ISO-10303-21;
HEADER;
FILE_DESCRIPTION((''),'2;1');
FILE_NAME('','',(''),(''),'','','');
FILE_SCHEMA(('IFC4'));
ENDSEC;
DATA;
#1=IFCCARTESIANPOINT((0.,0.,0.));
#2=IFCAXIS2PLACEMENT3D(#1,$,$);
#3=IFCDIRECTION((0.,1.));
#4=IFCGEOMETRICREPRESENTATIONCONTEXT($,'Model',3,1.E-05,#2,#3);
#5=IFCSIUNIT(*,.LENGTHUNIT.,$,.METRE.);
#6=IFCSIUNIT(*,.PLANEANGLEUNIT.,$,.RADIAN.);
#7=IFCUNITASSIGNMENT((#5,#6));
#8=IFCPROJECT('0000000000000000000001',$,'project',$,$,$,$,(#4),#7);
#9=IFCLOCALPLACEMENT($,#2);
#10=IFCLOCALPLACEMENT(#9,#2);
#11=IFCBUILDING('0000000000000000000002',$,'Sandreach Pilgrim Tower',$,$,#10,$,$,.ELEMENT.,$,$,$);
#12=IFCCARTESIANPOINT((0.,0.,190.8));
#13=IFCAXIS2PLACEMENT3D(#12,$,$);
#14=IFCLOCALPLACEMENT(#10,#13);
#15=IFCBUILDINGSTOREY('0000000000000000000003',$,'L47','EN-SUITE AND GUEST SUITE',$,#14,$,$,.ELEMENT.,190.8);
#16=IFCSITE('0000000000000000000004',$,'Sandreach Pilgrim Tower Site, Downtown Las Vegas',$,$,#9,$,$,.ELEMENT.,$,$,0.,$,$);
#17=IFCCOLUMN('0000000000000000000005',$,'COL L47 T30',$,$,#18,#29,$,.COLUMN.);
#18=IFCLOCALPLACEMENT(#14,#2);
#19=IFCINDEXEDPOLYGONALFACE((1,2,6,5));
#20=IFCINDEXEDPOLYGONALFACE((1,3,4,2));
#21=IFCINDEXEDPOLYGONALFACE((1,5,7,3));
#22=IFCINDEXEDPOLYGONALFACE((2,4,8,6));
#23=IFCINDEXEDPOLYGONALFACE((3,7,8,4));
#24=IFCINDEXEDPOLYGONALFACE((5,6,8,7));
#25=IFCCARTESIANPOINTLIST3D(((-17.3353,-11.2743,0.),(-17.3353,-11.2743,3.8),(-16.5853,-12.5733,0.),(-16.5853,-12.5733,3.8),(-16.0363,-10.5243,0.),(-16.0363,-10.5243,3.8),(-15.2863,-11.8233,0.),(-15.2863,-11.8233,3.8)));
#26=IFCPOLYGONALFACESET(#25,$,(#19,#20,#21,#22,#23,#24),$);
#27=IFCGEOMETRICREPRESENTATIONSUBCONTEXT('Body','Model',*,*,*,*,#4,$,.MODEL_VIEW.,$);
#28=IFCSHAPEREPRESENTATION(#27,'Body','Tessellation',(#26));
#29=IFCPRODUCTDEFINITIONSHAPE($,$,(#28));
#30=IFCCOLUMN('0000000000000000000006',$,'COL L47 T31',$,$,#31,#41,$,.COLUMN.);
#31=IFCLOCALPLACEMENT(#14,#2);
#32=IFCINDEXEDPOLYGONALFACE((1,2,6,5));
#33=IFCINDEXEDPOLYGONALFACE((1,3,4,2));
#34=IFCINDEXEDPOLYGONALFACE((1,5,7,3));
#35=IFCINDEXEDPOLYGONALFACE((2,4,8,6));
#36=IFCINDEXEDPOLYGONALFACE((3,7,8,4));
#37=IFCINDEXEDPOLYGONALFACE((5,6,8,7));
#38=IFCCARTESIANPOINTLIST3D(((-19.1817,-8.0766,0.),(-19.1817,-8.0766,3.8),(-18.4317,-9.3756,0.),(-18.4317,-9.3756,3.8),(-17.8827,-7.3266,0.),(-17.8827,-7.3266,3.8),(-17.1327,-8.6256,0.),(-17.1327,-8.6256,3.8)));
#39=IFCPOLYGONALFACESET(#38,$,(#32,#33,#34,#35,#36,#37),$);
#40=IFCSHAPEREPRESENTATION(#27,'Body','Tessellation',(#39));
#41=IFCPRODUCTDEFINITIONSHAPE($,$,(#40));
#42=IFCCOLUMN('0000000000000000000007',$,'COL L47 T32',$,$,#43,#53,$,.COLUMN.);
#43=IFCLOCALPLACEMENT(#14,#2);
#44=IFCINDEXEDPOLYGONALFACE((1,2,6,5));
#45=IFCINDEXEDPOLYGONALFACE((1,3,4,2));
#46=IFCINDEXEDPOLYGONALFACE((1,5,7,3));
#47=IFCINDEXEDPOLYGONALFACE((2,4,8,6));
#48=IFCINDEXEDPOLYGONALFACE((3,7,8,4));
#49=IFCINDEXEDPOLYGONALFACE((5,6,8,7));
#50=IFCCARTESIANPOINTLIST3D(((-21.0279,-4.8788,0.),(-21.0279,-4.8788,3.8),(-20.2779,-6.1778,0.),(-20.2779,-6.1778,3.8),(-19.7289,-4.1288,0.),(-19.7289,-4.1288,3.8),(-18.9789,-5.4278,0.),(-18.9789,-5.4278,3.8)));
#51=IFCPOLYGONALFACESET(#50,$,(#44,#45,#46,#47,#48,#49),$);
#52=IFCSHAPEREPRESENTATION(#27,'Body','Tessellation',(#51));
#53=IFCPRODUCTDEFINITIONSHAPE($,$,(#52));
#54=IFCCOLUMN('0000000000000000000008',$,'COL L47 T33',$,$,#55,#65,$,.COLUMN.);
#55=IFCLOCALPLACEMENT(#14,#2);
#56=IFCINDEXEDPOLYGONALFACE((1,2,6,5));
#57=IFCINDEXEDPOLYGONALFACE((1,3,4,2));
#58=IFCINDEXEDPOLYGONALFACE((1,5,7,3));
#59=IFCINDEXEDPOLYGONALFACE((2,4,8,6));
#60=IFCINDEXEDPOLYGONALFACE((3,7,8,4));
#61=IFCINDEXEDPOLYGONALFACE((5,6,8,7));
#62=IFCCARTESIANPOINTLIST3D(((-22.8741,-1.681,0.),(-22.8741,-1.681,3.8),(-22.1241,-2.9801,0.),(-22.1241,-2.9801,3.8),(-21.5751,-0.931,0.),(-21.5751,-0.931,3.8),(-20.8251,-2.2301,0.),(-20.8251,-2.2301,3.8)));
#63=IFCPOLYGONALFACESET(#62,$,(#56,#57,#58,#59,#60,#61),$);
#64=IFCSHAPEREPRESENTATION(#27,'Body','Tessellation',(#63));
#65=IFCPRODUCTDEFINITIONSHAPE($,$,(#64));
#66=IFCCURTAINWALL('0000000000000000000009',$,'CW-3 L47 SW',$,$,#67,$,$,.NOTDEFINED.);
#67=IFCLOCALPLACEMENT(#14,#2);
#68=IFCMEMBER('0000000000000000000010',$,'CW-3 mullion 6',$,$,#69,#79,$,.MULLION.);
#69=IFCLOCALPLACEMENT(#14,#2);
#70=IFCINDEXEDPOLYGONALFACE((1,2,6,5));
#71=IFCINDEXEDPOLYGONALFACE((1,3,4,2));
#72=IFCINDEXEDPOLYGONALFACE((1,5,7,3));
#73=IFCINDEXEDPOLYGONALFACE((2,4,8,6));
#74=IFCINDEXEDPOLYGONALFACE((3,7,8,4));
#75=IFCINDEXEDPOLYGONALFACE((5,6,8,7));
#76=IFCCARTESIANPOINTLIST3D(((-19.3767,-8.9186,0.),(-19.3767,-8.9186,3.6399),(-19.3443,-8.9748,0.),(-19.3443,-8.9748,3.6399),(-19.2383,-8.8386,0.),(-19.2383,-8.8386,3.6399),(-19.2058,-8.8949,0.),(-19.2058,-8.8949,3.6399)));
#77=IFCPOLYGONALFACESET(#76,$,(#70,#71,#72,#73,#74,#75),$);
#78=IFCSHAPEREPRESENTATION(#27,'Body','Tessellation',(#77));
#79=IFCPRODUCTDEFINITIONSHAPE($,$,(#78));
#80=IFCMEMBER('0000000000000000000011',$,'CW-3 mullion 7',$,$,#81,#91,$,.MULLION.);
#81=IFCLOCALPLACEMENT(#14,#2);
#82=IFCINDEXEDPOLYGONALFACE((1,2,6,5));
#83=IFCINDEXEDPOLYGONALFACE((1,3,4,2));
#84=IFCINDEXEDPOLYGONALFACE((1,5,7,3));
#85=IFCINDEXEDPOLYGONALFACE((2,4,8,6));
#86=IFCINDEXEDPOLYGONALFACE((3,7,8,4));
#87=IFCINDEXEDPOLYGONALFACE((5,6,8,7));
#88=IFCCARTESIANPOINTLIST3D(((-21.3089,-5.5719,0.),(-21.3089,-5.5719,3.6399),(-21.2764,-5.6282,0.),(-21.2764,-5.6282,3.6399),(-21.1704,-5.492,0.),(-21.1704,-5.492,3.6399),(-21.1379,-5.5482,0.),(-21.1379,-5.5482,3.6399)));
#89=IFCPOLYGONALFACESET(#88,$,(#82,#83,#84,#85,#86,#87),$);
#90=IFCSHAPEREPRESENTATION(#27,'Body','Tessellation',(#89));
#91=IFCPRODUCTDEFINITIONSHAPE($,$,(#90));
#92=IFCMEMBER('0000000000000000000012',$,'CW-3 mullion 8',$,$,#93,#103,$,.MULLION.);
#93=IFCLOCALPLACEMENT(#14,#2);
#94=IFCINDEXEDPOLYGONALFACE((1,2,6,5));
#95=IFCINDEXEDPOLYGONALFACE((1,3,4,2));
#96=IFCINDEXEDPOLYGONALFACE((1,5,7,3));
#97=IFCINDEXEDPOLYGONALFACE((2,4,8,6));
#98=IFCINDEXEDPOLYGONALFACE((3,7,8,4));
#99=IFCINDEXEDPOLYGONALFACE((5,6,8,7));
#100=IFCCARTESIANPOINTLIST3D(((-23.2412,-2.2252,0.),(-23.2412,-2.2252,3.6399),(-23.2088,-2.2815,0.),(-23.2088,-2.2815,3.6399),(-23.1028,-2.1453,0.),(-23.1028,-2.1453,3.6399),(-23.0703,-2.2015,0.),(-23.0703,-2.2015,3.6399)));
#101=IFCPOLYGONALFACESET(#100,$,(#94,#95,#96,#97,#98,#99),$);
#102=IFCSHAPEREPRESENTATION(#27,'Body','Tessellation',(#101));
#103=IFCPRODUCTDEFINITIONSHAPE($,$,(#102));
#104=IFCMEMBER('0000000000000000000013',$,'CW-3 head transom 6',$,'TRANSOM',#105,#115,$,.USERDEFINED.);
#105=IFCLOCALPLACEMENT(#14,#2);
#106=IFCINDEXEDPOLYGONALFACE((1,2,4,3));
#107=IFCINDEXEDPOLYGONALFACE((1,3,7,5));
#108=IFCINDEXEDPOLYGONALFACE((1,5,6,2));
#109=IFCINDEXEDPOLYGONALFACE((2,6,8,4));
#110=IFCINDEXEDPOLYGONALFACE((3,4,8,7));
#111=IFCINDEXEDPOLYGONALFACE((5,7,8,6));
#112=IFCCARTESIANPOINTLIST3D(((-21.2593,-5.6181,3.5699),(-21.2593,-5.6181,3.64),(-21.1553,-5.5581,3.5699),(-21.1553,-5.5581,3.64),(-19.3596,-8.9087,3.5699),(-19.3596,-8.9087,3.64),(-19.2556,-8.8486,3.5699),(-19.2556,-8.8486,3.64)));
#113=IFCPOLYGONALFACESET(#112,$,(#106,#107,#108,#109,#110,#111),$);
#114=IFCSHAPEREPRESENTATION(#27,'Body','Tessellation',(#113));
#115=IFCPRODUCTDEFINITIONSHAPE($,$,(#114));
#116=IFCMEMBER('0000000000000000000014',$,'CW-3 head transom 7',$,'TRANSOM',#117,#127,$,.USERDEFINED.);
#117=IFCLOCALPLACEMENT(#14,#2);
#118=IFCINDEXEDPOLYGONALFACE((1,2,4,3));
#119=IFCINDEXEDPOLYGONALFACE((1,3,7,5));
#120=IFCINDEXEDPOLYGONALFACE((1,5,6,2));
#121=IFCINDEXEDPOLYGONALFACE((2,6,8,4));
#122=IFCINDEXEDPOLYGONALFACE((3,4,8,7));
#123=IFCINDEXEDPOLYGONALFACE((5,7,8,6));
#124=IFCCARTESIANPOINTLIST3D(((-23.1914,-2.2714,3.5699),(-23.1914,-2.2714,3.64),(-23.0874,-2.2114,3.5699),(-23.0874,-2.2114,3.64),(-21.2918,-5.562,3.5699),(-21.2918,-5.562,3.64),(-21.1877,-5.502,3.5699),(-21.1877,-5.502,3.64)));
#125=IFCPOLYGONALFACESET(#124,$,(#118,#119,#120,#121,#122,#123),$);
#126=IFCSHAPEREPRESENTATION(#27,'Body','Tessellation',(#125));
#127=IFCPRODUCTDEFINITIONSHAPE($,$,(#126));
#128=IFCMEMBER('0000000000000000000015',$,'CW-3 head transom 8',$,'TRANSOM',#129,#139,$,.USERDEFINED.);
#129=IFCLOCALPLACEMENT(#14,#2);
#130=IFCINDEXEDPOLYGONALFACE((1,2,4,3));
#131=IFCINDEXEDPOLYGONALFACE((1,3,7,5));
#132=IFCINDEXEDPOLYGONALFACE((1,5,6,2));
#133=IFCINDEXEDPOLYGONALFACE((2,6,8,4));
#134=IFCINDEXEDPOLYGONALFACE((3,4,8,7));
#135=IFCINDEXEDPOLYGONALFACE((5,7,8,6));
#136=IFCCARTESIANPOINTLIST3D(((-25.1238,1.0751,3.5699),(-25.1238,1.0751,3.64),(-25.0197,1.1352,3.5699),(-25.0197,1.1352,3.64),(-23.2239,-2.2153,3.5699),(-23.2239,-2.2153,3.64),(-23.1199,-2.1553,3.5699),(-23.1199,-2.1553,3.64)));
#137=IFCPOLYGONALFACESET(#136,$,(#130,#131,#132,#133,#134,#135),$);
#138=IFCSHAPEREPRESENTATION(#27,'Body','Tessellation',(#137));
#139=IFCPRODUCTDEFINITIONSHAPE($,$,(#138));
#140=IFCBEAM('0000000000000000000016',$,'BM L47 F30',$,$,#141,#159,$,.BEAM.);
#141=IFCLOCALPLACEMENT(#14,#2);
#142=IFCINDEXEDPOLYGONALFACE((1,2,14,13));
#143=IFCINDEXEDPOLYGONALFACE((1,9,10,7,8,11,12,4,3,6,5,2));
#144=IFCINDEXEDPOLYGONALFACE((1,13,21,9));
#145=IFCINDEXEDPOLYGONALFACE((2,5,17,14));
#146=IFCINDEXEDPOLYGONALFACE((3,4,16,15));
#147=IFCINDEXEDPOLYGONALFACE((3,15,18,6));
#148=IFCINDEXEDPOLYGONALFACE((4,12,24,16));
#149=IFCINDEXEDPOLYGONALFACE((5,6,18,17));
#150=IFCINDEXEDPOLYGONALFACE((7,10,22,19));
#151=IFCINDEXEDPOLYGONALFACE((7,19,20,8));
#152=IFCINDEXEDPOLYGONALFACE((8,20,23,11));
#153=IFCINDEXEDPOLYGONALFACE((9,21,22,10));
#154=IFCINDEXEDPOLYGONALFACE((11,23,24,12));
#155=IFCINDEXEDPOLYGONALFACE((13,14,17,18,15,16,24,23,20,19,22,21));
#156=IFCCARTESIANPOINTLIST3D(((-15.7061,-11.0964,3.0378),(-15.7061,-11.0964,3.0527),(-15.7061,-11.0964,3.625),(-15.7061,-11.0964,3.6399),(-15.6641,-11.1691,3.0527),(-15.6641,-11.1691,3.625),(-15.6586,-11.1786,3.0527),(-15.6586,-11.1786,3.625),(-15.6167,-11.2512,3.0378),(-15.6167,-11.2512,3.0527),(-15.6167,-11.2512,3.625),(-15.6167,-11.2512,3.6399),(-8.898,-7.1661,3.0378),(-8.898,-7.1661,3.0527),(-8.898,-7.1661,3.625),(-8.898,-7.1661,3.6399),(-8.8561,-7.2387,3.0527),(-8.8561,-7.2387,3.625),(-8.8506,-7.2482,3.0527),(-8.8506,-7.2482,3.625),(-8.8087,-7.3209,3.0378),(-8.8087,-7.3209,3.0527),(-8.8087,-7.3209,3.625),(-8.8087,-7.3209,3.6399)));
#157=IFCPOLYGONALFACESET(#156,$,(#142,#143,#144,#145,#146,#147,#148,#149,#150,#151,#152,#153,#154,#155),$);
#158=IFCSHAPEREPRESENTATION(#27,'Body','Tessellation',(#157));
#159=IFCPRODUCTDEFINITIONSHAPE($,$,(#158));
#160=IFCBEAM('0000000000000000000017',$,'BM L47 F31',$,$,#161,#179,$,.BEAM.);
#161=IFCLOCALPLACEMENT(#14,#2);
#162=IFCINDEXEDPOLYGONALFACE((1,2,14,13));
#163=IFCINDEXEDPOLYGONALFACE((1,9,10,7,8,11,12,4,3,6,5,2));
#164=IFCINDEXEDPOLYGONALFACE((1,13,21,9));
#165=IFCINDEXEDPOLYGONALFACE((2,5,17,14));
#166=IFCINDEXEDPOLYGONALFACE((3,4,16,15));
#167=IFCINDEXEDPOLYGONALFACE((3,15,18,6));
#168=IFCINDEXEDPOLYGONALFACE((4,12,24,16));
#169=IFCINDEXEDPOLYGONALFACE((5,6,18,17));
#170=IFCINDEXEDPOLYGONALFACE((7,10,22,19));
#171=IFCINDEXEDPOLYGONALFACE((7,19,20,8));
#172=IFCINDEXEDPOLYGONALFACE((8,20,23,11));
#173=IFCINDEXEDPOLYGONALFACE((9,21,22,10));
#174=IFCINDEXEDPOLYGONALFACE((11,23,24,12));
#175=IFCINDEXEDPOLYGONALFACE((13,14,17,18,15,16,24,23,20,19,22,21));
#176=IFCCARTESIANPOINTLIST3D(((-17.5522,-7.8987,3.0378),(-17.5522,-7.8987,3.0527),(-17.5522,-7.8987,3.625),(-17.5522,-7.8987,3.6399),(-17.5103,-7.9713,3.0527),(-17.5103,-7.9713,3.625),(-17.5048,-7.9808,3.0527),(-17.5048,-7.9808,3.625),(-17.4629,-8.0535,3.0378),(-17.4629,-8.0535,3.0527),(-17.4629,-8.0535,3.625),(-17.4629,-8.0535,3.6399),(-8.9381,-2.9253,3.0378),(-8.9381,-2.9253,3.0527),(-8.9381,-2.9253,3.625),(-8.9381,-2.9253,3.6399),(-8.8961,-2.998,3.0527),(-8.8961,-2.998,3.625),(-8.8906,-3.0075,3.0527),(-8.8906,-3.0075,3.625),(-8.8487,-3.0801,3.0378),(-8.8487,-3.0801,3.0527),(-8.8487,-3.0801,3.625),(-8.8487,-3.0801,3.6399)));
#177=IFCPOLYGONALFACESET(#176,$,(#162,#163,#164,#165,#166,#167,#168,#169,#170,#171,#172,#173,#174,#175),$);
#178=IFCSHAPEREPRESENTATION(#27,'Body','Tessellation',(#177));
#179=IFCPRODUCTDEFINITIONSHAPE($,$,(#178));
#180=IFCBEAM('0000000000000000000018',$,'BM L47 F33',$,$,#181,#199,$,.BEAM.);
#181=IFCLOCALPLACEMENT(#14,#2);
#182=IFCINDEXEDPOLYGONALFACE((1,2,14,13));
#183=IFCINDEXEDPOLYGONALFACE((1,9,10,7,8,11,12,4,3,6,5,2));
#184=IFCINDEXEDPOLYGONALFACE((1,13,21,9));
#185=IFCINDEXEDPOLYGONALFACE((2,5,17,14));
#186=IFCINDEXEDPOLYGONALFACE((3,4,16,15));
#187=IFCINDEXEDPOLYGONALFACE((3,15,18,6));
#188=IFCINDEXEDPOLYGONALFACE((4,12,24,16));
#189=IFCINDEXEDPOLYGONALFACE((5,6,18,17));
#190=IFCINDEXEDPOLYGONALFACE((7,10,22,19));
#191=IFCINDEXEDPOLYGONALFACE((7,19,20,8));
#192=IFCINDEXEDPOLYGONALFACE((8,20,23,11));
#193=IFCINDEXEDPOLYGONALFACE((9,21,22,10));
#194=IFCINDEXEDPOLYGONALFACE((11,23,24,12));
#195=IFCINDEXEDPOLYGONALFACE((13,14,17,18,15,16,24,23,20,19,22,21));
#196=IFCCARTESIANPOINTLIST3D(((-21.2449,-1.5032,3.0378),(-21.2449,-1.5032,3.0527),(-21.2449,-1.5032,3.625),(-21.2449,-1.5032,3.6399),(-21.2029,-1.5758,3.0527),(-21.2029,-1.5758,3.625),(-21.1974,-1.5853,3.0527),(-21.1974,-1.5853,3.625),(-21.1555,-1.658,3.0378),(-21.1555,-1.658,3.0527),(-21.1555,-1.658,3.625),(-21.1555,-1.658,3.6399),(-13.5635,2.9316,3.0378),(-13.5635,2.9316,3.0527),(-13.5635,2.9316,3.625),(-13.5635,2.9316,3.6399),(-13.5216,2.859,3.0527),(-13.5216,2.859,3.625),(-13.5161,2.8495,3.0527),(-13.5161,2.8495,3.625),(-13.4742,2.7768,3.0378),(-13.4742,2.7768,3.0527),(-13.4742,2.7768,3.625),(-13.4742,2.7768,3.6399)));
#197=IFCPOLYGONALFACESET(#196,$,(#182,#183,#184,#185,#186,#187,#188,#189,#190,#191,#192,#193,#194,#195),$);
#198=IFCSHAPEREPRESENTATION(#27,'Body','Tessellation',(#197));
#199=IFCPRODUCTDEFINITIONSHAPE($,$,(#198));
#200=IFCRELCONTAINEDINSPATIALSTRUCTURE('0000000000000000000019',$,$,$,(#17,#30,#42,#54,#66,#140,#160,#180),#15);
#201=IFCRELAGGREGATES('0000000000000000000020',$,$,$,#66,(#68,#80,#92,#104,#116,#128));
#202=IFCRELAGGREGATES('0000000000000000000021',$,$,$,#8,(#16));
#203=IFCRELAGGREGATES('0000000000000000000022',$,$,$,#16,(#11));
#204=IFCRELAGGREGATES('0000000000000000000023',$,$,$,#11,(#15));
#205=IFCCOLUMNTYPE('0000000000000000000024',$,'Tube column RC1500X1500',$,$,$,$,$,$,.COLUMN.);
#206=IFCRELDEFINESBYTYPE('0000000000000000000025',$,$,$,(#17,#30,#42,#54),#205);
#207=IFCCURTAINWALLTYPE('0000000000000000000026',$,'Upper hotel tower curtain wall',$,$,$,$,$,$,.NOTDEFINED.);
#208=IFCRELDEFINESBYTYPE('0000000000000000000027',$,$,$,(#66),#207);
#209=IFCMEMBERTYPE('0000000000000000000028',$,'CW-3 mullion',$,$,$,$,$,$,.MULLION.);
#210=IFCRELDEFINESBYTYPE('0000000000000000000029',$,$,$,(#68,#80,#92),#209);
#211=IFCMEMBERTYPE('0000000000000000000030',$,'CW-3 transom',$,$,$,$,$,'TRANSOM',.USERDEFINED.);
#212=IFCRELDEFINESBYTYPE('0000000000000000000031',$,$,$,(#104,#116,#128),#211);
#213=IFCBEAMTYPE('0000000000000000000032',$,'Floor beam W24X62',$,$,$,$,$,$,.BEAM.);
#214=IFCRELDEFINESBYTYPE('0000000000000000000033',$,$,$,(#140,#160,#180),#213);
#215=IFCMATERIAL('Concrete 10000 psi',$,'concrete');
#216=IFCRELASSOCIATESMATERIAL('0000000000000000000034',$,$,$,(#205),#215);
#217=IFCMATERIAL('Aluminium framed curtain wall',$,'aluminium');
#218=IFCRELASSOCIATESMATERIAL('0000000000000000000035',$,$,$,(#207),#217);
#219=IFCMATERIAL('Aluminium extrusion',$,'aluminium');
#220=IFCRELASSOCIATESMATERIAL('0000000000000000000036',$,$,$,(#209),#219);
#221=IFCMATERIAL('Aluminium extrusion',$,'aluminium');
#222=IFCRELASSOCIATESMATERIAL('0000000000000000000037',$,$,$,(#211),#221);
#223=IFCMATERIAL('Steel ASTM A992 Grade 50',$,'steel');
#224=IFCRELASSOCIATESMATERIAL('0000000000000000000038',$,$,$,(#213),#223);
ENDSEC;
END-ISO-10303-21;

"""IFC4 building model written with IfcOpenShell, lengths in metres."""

from ifc_helpers import new_model, si_unit, direction, frame, origin, origin_2d, place, context, subcontext, project, spatial, rectangle, i_section, extrude, material, material_profile, profile_set, type_object, element, aggregate, save


model = new_model("IFC4")

# Units and contexts
model_context = context("Model", 3, precision=1e-05, world=origin(), true_north=direction((0.0, 1.0)))
body_context = subcontext(model_context, "Body", "Model", "MODEL_VIEW")
ifc_project = project(units=[si_unit("LENGTHUNIT", "METRE"), si_unit("PLANEANGLEUNIT", "RADIAN")], contexts=[model_context])

# Site, building, storey
site_placement = place(None, origin())
site = spatial("IfcSite", under=ifc_project, at=site_placement, Name="Sandreach Pilgrim Tower Site, Downtown Las Vegas", CompositionType="ELEMENT", RefElevation=0.0)
building_placement = place(site_placement, origin())
building = spatial("IfcBuilding", under=site, at=building_placement, Name="Sandreach Pilgrim Tower", CompositionType="ELEMENT")
storey_placement = place(building_placement, frame((0.0, 0.0, 190.8)))
storey = spatial("IfcBuildingStorey", under=building, at=storey_placement, Name="L47", Description="EN-SUITE AND GUEST SUITE", CompositionType="ELEMENT", Elevation=190.8)

# Columns
ifc_material_1 = material(Name="Concrete 10000 psi", Category="concrete")
ifc_material_profile_1 = material_profile(ifc_material_1, rectangle(XDim=1.5, YDim=1.5, at=origin_2d()), Name="RC1500X1500")
ifc_profile_set_1 = profile_set([ifc_material_profile_1], Name="Concrete 10000 psi")
column_type = type_object("IfcColumnType", Name="Tube column RC1500X1500", PredefinedType="COLUMN", material=ifc_profile_set_1)
for number, where, z_axis, x_axis, name in (
    (1, (-16.3108, -11.5488, 0.0), (0.0, 0.0, 1.0), (-0.866025, -0.5, 0.0), "COL L47 T30"),
    (2, (-18.1572, -8.3511, 0.0), (0.0, 0.0, 1.0), (-0.866025, -0.5, 0.0), "COL L47 T31"),
    (3, (-20.0034, -5.1533, 0.0), (0.0, 0.0, 1.0), (-0.866025, -0.5, 0.0), "COL L47 T32"),
    (4, (-21.8496, -1.9556, 0.0), (0.0, 0.0, 1.0), (-0.866025, -0.5, 0.0), "COL L47 T33"),
):
    element("IfcColumn", number, at=place(storey_placement, frame(where, z_axis=z_axis, x_axis=x_axis)), inside=storey, type_object=column_type, Name=name, PredefinedType="COLUMN", context=body_context, shape_type="SweptSolid", body=[
        extrude(rectangle(XDim=1.5, YDim=1.5, at=origin_2d()), origin(), (0.0, 0.0, 1.0), 3.8),
    ])

# Curtain wall, members
ifc_material_2 = material(Name="Aluminium framed curtain wall", Category="aluminium")
curtain_wall_type = type_object("IfcCurtainWallType", Name="Upper hotel tower curtain wall", PredefinedType="NOTDEFINED", material=ifc_material_2)
curtain_wall_placement = place(storey_placement, origin())
curtain_wall = element("IfcCurtainWall", 5, at=curtain_wall_placement, inside=storey, type_object=curtain_wall_type, Name="CW-3 L47 SW", PredefinedType="NOTDEFINED")
ifc_material_3 = material(Name="Aluminium extrusion", Category="aluminium")
ifc_material_profile_2 = material_profile(ifc_material_3, rectangle(XDim=0.0649, YDim=0.1599, at=origin_2d()), Name="CW-3M 65X160")
ifc_profile_set_2 = profile_set([ifc_material_profile_2], Name="Aluminium extrusion")
member_type_1 = type_object("IfcMemberType", Name="CW-3 mullion", PredefinedType="MULLION", material=ifc_profile_set_2)
member_1_placement = place(storey_placement, frame((-19.2913, -8.9067, 0.0), z_axis=(0.0, 0.0, 1.0), x_axis=(-0.5, 0.866025, 0.0)))
member_1 = element("IfcMember", 6, at=member_1_placement, type_object=member_type_1, Name="CW-3 mullion 6", PredefinedType="MULLION", context=body_context, shape_type="SweptSolid", body=[
    extrude(rectangle(XDim=0.0649, YDim=0.1599, at=origin_2d()), origin(), (0.0, 0.0, 1.0), 3.6399),
])
member_2_placement = place(storey_placement, frame((-21.2234, -5.5601, 0.0), z_axis=(0.0, 0.0, 1.0), x_axis=(-0.5, 0.866025, 0.0)))
member_2 = element("IfcMember", 7, at=member_2_placement, type_object=member_type_1, Name="CW-3 mullion 7", PredefinedType="MULLION", context=body_context, shape_type="SweptSolid", body=[
    extrude(rectangle(XDim=0.0649, YDim=0.1599, at=origin_2d()), origin(), (0.0, 0.0, 1.0), 3.6399),
])
member_3_placement = place(storey_placement, frame((-23.1558, -2.2134, 0.0), z_axis=(0.0, 0.0, 1.0), x_axis=(-0.5, 0.866025, 0.0)))
member_3 = element("IfcMember", 8, at=member_3_placement, type_object=member_type_1, Name="CW-3 mullion 8", PredefinedType="MULLION", context=body_context, shape_type="SweptSolid", body=[
    extrude(rectangle(XDim=0.0649, YDim=0.1599, at=origin_2d()), origin(), (0.0, 0.0, 1.0), 3.6399),
])
ifc_material_4 = material(Name="Aluminium extrusion", Category="aluminium")
ifc_material_profile_3 = material_profile(ifc_material_4, rectangle(XDim=0.1201, YDim=0.0701, at=origin_2d()), Name="CW-3T 120X70")
ifc_profile_set_3 = profile_set([ifc_material_profile_3], Name="Aluminium extrusion")
member_type_2 = type_object("IfcMemberType", Name="CW-3 transom", ElementType="TRANSOM", PredefinedType="USERDEFINED", material=ifc_profile_set_3)
member_4_placement = place(storey_placement, frame((-19.3076, -8.8787, 3.605), z_axis=(-0.499975, 0.86604, 0.0), x_axis=(-0.86604, -0.499975, 0.0)))
member_4 = element("IfcMember", 9, at=member_4_placement, type_object=member_type_2, Name="CW-3 head transom 6", ObjectType="TRANSOM", PredefinedType="USERDEFINED", context=body_context, shape_type="SweptSolid", body=[
    extrude(rectangle(XDim=0.1201, YDim=0.0701, at=origin_2d()), origin(), (0.0, 0.0, 1.0), 3.7996),
])
member_5_placement = place(storey_placement, frame((-21.2397, -5.532, 3.605), z_axis=(-0.499975, 0.86604, 0.0), x_axis=(-0.86604, -0.499975, 0.0)))
member_5 = element("IfcMember", 10, at=member_5_placement, type_object=member_type_2, Name="CW-3 head transom 7", ObjectType="TRANSOM", PredefinedType="USERDEFINED", context=body_context, shape_type="SweptSolid", body=[
    extrude(rectangle(XDim=0.1201, YDim=0.0701, at=origin_2d()), origin(), (0.0, 0.0, 1.0), 3.7996),
])
member_6_placement = place(storey_placement, frame((-23.1719, -2.1853, 3.605), z_axis=(-0.500023, 0.866012, 0.0), x_axis=(-0.866012, -0.500023, 0.0)))
member_6 = element("IfcMember", 11, at=member_6_placement, type_object=member_type_2, Name="CW-3 head transom 8", ObjectType="TRANSOM", PredefinedType="USERDEFINED", context=body_context, shape_type="SweptSolid", body=[
    extrude(rectangle(XDim=0.1201, YDim=0.0701, at=origin_2d()), origin(), (0.0, 0.0, 1.0), 3.7996),
])

# Beams
ifc_material_5 = material(Name="Steel ASTM A992 Grade 50", Category="steel")
ifc_material_profile_4 = material_profile(ifc_material_5, i_section(OverallWidth=0.1787, OverallDepth=0.6021, WebThickness=0.011, FlangeThickness=0.0149, at=origin_2d()), Name="W24X62")
ifc_profile_set_4 = profile_set([ifc_material_profile_4], Name="Steel ASTM A992 Grade 50")
beam_type_1 = type_object("IfcBeamType", Name="Floor beam W24X62", PredefinedType="BEAM", material=ifc_profile_set_4)
beam_1_placement = place(storey_placement, frame((-15.6614, -11.1738, 3.3389), z_axis=(0.866039, 0.499977, 0.0), x_axis=(-0.499977, 0.866039, 0.0)))
element("IfcBeam", 12, at=beam_1_placement, inside=storey, type_object=beam_type_1, Name="BM L47 F30", PredefinedType="BEAM", context=body_context, shape_type="SweptSolid", body=[
    extrude(i_section(OverallWidth=0.1787, OverallDepth=0.6021, WebThickness=0.011, FlangeThickness=0.0149, at=origin_2d()), origin(), (0.0, 0.0, 1.0), 7.8611),
])
beam_2_placement = place(storey_placement, frame((-17.5076, -7.9761, 3.3389), z_axis=(0.866028, 0.499996, 0.0), x_axis=(-0.499996, 0.866028, 0.0)))
element("IfcBeam", 13, at=beam_2_placement, inside=storey, type_object=beam_type_1, Name="BM L47 F31", PredefinedType="BEAM", context=body_context, shape_type="SweptSolid", body=[
    extrude(i_section(OverallWidth=0.1787, OverallDepth=0.6021, WebThickness=0.011, FlangeThickness=0.0149, at=origin_2d()), origin(), (0.0, 0.0, 1.0), 9.9468),
])
beam_3_placement = place(storey_placement, frame((-21.2002, -1.5806, 3.3389), z_axis=(0.866027, 0.499996, 0.0), x_axis=(-0.499996, 0.866027, 0.0)))
element("IfcBeam", 14, at=beam_3_placement, inside=storey, type_object=beam_type_1, Name="BM L47 F33", PredefinedType="BEAM", context=body_context, shape_type="SweptSolid", body=[
    extrude(i_section(OverallWidth=0.1787, OverallDepth=0.6021, WebThickness=0.011, FlangeThickness=0.0149, at=origin_2d()), origin(), (0.0, 0.0, 1.0), 8.8696),
])

aggregate(curtain_wall, [member_1, member_2, member_3, member_4, member_5, member_6])

save(model, "model.ifc")
